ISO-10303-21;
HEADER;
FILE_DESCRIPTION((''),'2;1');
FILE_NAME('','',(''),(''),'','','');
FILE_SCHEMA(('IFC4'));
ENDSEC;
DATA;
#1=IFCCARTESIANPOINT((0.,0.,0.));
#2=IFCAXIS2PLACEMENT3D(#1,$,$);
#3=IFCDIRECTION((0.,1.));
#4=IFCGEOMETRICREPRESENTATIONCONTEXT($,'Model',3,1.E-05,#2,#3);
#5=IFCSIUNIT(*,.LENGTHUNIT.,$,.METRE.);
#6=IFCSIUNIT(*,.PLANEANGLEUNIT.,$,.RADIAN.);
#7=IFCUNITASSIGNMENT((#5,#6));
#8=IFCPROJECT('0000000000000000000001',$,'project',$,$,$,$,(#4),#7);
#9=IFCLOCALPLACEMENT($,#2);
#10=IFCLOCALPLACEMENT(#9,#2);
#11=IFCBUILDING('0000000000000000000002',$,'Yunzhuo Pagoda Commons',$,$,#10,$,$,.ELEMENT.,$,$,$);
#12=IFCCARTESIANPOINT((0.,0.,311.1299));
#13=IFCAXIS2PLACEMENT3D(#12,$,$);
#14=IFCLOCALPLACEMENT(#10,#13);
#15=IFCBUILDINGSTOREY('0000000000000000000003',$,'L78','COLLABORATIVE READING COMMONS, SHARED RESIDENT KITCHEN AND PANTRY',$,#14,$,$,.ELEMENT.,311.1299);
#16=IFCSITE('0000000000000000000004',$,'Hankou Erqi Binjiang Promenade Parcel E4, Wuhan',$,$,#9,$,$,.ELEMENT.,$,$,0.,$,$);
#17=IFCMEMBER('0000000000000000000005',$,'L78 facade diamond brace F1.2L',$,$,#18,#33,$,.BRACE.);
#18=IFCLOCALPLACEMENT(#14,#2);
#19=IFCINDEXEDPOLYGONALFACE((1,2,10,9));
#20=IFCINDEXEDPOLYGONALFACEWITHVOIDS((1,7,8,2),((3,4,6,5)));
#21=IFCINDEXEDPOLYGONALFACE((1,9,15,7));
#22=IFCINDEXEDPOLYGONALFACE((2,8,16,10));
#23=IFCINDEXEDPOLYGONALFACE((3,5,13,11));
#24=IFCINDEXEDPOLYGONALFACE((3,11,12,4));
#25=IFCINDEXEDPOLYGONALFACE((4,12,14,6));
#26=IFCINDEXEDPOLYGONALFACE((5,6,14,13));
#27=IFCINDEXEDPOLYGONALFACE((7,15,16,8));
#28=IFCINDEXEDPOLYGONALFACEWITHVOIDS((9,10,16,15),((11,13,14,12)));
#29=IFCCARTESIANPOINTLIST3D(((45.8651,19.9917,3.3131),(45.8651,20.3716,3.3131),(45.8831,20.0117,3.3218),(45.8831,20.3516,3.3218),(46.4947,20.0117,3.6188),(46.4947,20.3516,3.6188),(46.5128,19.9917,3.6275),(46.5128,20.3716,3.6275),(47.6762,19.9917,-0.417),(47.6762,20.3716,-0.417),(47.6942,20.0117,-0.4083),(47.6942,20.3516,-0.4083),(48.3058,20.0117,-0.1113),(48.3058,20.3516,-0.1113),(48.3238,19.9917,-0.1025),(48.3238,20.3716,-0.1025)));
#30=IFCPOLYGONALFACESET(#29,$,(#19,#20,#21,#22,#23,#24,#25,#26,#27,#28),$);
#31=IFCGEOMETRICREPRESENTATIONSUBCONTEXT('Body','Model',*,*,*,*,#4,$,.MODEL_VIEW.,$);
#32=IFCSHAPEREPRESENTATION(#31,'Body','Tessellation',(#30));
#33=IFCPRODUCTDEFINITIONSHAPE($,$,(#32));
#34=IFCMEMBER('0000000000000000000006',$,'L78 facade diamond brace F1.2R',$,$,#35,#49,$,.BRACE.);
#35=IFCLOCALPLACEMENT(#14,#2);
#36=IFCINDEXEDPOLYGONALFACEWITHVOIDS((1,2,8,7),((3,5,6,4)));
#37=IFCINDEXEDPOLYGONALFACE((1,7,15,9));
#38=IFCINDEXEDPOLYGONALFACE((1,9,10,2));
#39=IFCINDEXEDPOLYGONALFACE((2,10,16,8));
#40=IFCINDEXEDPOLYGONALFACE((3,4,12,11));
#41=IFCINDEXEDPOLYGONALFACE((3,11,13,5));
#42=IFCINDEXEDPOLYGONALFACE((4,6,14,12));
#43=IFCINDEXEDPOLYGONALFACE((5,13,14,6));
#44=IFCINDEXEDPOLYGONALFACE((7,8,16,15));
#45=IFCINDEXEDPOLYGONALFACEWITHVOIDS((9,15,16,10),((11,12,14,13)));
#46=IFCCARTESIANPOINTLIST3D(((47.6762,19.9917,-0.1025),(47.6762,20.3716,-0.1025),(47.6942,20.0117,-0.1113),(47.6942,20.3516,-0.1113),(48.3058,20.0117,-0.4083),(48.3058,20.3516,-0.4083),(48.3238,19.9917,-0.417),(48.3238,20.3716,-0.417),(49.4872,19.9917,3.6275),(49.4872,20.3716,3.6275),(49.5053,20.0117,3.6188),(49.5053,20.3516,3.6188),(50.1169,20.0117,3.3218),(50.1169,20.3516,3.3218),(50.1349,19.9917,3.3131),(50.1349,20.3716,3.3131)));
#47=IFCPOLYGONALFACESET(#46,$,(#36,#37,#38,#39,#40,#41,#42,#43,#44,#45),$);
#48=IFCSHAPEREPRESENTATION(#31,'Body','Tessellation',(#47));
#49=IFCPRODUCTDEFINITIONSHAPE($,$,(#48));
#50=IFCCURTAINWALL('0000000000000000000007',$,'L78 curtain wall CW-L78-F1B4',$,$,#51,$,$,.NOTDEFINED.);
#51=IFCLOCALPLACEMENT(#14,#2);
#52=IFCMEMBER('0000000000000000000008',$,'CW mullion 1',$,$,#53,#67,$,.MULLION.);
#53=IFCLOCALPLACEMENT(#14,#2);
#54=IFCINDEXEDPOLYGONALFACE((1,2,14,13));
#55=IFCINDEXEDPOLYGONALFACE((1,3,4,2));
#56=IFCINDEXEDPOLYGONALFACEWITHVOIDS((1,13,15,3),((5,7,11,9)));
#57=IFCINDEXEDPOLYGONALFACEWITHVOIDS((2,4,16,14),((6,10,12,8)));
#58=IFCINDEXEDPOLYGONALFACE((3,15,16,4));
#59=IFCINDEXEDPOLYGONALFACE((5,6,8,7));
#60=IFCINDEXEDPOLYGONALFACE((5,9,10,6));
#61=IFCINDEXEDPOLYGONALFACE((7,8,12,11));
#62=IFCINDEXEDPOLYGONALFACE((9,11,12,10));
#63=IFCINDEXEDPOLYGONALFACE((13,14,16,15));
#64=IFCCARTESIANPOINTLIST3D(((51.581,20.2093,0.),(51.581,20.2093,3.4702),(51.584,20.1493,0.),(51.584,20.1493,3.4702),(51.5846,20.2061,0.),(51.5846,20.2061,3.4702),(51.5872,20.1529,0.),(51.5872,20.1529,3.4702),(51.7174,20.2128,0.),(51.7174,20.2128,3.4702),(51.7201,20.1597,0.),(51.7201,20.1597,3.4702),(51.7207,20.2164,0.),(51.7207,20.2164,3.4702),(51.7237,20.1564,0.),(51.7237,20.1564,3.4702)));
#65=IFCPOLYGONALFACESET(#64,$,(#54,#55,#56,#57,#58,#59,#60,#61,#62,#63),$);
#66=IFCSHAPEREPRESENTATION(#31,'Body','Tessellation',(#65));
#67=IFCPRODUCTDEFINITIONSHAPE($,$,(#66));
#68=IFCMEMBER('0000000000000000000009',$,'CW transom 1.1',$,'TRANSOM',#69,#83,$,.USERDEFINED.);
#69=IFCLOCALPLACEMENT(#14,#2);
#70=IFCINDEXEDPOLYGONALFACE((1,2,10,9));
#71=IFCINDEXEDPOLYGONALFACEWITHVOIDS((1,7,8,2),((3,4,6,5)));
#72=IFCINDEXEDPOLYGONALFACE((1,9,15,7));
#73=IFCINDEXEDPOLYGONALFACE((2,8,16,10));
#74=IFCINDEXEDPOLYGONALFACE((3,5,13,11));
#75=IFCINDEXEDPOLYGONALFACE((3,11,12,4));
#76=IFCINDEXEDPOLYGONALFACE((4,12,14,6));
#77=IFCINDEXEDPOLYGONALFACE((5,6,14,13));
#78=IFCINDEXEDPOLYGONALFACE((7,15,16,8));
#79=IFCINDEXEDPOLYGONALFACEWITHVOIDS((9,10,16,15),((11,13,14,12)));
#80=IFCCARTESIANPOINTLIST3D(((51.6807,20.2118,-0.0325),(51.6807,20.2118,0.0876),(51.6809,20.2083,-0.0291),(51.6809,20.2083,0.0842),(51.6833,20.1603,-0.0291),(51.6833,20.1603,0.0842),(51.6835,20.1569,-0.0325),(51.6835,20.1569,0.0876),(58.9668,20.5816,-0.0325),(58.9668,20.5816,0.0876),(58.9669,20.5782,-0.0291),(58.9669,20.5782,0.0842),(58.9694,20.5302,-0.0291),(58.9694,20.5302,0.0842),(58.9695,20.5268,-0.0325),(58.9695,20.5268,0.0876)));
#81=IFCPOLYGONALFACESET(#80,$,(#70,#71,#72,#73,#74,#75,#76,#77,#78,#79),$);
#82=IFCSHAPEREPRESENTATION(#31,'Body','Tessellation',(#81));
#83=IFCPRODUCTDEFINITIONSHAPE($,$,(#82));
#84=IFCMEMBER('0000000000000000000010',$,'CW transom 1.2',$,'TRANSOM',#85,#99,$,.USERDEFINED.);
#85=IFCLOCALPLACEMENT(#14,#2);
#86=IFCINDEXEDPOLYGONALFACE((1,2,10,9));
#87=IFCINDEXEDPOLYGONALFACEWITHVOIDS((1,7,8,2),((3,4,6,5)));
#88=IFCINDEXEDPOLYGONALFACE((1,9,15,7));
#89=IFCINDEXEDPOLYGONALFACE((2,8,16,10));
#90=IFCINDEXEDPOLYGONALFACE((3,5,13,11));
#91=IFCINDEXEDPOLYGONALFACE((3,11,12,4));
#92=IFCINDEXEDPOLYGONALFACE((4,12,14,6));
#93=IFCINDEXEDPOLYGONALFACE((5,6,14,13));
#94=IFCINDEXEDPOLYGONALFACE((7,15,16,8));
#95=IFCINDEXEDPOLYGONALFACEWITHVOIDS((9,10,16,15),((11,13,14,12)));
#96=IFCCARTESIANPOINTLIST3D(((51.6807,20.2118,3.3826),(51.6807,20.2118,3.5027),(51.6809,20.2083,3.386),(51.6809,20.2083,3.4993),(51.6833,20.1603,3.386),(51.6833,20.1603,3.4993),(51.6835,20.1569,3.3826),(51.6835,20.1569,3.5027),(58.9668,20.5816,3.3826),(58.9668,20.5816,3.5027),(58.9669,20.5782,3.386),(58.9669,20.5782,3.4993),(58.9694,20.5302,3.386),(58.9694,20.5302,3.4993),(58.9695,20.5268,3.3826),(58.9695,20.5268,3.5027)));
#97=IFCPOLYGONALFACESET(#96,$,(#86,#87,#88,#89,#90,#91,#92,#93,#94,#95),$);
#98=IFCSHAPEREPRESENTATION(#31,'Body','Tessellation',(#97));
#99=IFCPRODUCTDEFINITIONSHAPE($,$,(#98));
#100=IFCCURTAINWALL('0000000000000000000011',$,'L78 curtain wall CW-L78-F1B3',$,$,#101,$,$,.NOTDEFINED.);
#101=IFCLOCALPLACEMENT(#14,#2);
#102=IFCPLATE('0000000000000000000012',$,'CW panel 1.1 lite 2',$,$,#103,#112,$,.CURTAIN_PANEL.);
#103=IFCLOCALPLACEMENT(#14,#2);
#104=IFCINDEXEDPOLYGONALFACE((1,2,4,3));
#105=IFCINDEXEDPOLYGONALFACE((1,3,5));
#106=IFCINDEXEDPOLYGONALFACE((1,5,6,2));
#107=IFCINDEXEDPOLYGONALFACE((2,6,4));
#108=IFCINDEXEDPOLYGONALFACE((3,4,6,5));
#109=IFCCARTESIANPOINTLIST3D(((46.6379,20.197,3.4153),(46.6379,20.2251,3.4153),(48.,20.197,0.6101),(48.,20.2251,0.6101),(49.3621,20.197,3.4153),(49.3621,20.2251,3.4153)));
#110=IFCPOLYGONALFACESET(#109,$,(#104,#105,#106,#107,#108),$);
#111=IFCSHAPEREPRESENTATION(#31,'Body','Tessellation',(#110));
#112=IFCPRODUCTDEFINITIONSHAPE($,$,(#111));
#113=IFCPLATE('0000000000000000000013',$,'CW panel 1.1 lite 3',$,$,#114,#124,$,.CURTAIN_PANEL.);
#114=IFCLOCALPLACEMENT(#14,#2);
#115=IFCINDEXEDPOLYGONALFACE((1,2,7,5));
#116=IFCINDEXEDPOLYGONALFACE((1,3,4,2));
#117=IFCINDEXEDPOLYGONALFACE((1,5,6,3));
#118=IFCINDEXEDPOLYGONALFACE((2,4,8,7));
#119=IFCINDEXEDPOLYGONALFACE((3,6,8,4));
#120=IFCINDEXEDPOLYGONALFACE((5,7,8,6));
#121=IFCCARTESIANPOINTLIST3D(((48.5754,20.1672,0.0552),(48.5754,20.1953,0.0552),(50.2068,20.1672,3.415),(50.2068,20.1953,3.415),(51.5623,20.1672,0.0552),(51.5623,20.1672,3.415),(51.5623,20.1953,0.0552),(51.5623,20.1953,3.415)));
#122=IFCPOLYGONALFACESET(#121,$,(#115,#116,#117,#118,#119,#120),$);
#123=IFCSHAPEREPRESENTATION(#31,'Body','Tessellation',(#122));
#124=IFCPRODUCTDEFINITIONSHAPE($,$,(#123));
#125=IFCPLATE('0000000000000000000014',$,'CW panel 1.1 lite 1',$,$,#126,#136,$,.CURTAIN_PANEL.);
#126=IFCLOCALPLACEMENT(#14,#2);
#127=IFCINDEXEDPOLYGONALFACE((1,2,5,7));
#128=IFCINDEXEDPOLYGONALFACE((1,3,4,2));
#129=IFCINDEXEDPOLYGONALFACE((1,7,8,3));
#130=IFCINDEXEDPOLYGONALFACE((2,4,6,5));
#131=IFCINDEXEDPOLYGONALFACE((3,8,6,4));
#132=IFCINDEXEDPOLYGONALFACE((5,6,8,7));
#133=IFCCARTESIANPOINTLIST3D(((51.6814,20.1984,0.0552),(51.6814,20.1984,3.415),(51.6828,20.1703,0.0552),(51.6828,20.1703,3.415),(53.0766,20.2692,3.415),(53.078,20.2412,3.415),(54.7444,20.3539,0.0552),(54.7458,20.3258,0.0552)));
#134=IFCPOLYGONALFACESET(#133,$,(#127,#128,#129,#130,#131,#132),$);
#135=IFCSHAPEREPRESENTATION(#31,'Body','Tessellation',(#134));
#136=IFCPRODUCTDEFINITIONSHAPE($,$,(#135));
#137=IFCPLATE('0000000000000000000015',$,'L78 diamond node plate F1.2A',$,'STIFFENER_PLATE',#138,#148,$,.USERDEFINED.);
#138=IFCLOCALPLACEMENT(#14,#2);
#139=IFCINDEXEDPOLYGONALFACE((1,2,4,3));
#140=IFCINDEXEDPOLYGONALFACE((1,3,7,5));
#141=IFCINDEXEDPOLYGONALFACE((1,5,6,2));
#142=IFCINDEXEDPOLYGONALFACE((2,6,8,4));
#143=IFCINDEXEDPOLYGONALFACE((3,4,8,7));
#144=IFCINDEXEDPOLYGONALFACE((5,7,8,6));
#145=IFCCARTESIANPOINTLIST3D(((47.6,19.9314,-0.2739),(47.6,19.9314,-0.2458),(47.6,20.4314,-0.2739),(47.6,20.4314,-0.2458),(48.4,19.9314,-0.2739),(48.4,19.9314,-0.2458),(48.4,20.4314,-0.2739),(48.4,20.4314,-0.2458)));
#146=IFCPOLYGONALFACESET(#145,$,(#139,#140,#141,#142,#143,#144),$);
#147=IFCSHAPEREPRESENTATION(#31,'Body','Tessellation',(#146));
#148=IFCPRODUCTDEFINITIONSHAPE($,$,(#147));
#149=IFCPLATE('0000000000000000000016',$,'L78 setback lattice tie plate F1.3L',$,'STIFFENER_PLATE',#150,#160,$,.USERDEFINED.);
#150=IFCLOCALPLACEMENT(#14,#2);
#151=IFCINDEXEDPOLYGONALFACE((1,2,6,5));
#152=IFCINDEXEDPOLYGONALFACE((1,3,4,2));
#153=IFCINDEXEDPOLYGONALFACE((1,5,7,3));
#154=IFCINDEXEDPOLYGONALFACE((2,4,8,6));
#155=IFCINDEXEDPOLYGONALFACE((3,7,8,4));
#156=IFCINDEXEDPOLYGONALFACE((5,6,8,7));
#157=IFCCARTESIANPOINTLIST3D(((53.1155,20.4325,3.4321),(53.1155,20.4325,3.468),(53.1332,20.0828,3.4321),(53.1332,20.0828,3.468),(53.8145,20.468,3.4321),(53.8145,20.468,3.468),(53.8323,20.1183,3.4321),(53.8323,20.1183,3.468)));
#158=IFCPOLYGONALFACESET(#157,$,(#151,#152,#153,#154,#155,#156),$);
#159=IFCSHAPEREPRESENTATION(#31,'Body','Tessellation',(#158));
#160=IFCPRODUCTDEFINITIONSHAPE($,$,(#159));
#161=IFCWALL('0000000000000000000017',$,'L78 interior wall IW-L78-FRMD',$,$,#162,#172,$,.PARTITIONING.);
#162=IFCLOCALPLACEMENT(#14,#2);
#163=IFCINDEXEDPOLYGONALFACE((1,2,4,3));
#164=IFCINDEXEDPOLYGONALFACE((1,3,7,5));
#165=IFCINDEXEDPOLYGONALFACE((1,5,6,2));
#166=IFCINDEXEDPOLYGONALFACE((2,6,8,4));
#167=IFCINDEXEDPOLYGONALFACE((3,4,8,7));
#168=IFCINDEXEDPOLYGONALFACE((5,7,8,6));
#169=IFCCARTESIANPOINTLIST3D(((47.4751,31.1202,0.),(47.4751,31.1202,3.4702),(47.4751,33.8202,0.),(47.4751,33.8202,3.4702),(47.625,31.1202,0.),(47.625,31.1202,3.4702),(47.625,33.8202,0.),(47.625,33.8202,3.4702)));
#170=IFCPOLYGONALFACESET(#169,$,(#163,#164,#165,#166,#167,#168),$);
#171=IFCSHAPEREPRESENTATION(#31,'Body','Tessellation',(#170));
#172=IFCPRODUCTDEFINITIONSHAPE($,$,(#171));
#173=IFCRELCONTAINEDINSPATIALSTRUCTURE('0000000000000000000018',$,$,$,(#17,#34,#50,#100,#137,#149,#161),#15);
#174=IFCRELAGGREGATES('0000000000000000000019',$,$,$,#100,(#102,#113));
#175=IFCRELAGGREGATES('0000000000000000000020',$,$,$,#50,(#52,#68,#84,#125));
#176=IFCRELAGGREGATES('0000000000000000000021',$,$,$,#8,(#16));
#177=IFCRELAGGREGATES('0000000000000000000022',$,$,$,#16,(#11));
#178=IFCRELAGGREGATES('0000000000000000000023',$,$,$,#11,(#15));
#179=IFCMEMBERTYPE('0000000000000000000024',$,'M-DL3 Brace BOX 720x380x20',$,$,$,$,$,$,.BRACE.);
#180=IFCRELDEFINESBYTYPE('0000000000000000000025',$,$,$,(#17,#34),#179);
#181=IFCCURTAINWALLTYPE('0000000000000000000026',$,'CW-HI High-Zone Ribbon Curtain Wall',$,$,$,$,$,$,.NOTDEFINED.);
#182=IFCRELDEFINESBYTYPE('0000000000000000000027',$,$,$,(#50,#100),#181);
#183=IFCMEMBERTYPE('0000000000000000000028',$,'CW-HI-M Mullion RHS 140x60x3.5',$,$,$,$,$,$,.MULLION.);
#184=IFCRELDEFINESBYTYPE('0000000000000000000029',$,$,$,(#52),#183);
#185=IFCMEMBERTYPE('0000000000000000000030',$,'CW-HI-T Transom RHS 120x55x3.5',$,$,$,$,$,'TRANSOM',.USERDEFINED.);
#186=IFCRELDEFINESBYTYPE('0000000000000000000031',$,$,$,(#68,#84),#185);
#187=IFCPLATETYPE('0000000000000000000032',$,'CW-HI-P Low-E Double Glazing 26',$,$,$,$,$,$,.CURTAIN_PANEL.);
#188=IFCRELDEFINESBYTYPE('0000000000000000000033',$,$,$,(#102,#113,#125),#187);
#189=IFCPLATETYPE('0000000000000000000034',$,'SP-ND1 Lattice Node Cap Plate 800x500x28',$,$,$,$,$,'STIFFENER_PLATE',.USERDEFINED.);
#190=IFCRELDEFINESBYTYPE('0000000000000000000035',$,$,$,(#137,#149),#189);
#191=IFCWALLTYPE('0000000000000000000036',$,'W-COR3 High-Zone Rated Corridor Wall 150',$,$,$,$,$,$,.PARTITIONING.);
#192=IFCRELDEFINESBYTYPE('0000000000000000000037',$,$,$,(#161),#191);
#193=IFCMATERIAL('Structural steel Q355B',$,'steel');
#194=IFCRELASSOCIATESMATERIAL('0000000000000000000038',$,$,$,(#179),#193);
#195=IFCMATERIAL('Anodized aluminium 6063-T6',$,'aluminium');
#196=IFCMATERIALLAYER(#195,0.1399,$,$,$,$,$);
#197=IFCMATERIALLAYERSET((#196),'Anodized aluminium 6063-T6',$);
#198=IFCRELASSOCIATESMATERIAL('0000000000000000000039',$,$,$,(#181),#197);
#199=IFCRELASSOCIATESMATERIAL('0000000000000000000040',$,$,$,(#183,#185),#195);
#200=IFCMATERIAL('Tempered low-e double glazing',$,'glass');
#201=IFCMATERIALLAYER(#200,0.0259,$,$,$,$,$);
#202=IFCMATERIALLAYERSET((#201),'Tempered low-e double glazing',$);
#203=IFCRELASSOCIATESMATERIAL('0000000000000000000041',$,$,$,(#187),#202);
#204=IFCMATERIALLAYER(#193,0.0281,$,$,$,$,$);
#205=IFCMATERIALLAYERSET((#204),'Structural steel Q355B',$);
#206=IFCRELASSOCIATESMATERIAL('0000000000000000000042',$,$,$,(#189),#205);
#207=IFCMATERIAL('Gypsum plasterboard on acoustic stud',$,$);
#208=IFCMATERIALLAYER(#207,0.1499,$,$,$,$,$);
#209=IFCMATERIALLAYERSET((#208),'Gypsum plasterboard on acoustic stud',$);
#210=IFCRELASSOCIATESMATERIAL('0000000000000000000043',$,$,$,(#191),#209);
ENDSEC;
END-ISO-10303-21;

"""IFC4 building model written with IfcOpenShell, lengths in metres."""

from ifc_helpers import new_model, si_unit, direction, frame, frame_2d, origin, origin_2d, place, context, subcontext, project, spatial, polyline, rectangle, hollow_rectangle, outline, extrude, source, transform, mapped, material, layer, layer_set, material_profile, profile_set, type_object, element, aggregate, save


model = new_model("IFC4")

# Units and contexts
model_context = context("Model", 3, precision=1e-05, world=origin(), true_north=direction((0.0, 1.0)))
body_context = subcontext(model_context, "Body", "Model", "MODEL_VIEW")
ifc_project = project(units=[si_unit("LENGTHUNIT", "METRE"), si_unit("PLANEANGLEUNIT", "RADIAN")], contexts=[model_context])

# Site, building, storey
site_placement = place(None, origin())
site = spatial("IfcSite", under=ifc_project, at=site_placement, Name="Hankou Erqi Binjiang Promenade Parcel E4, Wuhan", CompositionType="ELEMENT", RefElevation=0.0)
building_placement = place(site_placement, origin())
building = spatial("IfcBuilding", under=site, at=building_placement, Name="Yunzhuo Pagoda Commons", CompositionType="ELEMENT")
storey_placement = place(building_placement, frame((0.0, 0.0, 311.1299)))
storey = spatial("IfcBuildingStorey", under=building, at=storey_placement, Name="L78", Description="COLLABORATIVE READING COMMONS, SHARED RESIDENT KITCHEN AND PANTRY", CompositionType="ELEMENT", Elevation=311.1299)

# Shared definitions
ifc_material_1 = material(Name="Structural steel Q355B", Category="steel")

# Members
ifc_material_profile_1 = material_profile(ifc_material_1, hollow_rectangle(XDim=0.3799, YDim=0.72, WallThickness=0.02, at=origin_2d()), Name="Structural steel Q355B")
ifc_profile_set_1 = profile_set([ifc_material_profile_1], Name="Structural steel Q355B")
member_type_1 = type_object("IfcMemberType", Name="M-DL3 Brace BOX 720x380x20", PredefinedType="BRACE", material=ifc_profile_set_1)
shared_shape_1 = source(origin(), body_context, "Body", "SweptSolid", [
    extrude(hollow_rectangle(XDim=0.3799, YDim=0.72, WallThickness=0.02, at=origin_2d()), origin(), (0.0, 0.0, 1.0), 4.1465),
])
for number, where, z_axis, x_axis, name in (
    (1, (48.0, 20.1816, -0.2598), (-0.436773, 0.0, 0.899572), (0.0, -1.0, 0.0), "L78 facade diamond brace F1.2L"),
    (2, (48.0, 20.1816, -0.2598), (0.436773, 0.0, 0.899572), (0.0, 1.0, 0.0), "L78 facade diamond brace F1.2R"),
):
    element("IfcMember", number, at=place(storey_placement, frame(where, z_axis=z_axis, x_axis=x_axis)), inside=storey, type_object=member_type_1, Name=name, PredefinedType="BRACE", context=body_context, shape_type="MappedRepresentation", body=[
        mapped(shared_shape_1, transform((0.0, 0.0, 0.0), scale=1.0)),
    ])

# Curtain wall, members
ifc_material_2 = material(Name="Anodized aluminium 6063-T6", Category="aluminium")
ifc_layer_1 = layer(ifc_material_2, 0.1399)
ifc_layer_set_1 = layer_set([ifc_layer_1], Name="Anodized aluminium 6063-T6")
curtain_wall_type = type_object("IfcCurtainWallType", Name="CW-HI High-Zone Ribbon Curtain Wall", PredefinedType="NOTDEFINED", material=ifc_layer_set_1)
curtain_wall_1_placement = place(storey_placement, origin())
curtain_wall_1 = element("IfcCurtainWall", 3, at=curtain_wall_1_placement, inside=storey, type_object=curtain_wall_type, Name="L78 curtain wall CW-L78-F1B4", PredefinedType="NOTDEFINED")
ifc_material_profile_2 = material_profile(ifc_material_2, hollow_rectangle(XDim=0.0601, YDim=0.1399, WallThickness=0.0034, at=origin_2d()), Name="Anodized aluminium 6063-T6")
ifc_profile_set_2 = profile_set([ifc_material_profile_2], Name="Anodized aluminium 6063-T6")
member_type_2 = type_object("IfcMemberType", Name="CW-HI-M Mullion RHS 140x60x3.5", PredefinedType="MULLION", material=ifc_profile_set_2)
shared_shape_2 = source(origin(), body_context, "Body", "SweptSolid", [
    extrude(hollow_rectangle(XDim=0.0601, YDim=0.1399, WallThickness=0.0034, at=origin_2d()), origin(), (0.0, 0.0, 1.0), 3.4702),
])
member_1_placement = place(storey_placement, frame((51.6523, 20.1829, 0.0), z_axis=(0.0, 0.0, 1.0), x_axis=(-0.050692, 0.998714, 0.0)))
member_1 = element("IfcMember", 4, at=member_1_placement, type_object=member_type_2, Name="CW mullion 1", PredefinedType="MULLION", context=body_context, shape_type="MappedRepresentation", body=[
    mapped(shared_shape_2, transform((0.0, 0.0, 0.0), scale=1.0)),
])
ifc_material_profile_3 = material_profile(ifc_material_2, hollow_rectangle(XDim=0.0549, YDim=0.1201, WallThickness=0.0034, at=origin_2d()), Name="Anodized aluminium 6063-T6")
ifc_profile_set_3 = profile_set([ifc_material_profile_3], Name="Anodized aluminium 6063-T6")
member_type_3 = type_object("IfcMemberType", Name="CW-HI-T Transom RHS 120x55x3.5", ElementType="TRANSOM", PredefinedType="USERDEFINED", material=ifc_profile_set_3)
shared_shape_3 = source(origin(), body_context, "Body", "SweptSolid", [
    extrude(hollow_rectangle(XDim=0.0549, YDim=0.1201, WallThickness=0.0034, at=origin_2d()), origin(), (0.0, 0.0, 1.0), 7.2954),
])
member_2_placement = place(storey_placement, frame((51.6821, 20.1843, 0.0276), z_axis=(0.998714, 0.050699, 0.0), x_axis=(-0.050699, 0.998714, 0.0)))
member_2 = element("IfcMember", 5, at=member_2_placement, type_object=member_type_3, Name="CW transom 1.1", ObjectType="TRANSOM", PredefinedType="USERDEFINED", context=body_context, shape_type="MappedRepresentation", body=[
    mapped(shared_shape_3, transform((0.0, 0.0, 0.0), scale=1.0)),
])
member_3_placement = place(storey_placement, frame((51.6821, 20.1843, 3.4426), z_axis=(0.998714, 0.050699, 0.0), x_axis=(-0.050699, 0.998714, 0.0)))
member_3 = element("IfcMember", 6, at=member_3_placement, type_object=member_type_3, Name="CW transom 1.2", ObjectType="TRANSOM", PredefinedType="USERDEFINED", context=body_context, shape_type="MappedRepresentation", body=[
    mapped(shared_shape_3, transform((0.0, 0.0, 0.0), scale=1.0)),
])

# Curtain wall, plates
curtain_wall_2_placement = place(storey_placement, origin())
curtain_wall_2 = element("IfcCurtainWall", 7, at=curtain_wall_2_placement, inside=storey, type_object=curtain_wall_type, Name="L78 curtain wall CW-L78-F1B3", PredefinedType="NOTDEFINED")
ifc_material_3 = material(Name="Tempered low-e double glazing", Category="glass")
ifc_layer_2 = layer(ifc_material_3, 0.0259)
ifc_layer_set_2 = layer_set([ifc_layer_2], Name="Tempered low-e double glazing")
plate_type_1 = type_object("IfcPlateType", Name="CW-HI-P Low-E Double Glazing 26", PredefinedType="CURTAIN_PANEL", material=ifc_layer_set_2)
plate_1_placement = place(storey_placement, frame((48.0, 20.2251, 2.0127), z_axis=(0.0, -1.0, 0.0), x_axis=(1.0, 0.0, 0.0)))
plate_1 = element("IfcPlate", 8, at=plate_1_placement, type_object=plate_type_1, Name="CW panel 1.1 lite 2", PredefinedType="CURTAIN_PANEL", context=body_context, shape_type="SweptSolid", body=[
    extrude(outline(polyline([(-1.3621, 1.4026), (0.0, -1.4026), (1.3621, 1.4026), (-1.3621, 1.4026)])), origin(), (0.0, 0.0, 1.0), 0.0281),
])
plate_2_placement = place(storey_placement, frame((50.0688, 20.1953, 1.7351), z_axis=(0.0, -1.0, 0.0), x_axis=(1.0, 0.0, 0.0)))
plate_2 = element("IfcPlate", 9, at=plate_2_placement, type_object=plate_type_1, Name="CW panel 1.1 lite 3", PredefinedType="CURTAIN_PANEL", context=body_context, shape_type="SweptSolid", body=[
    extrude(outline(polyline([(-1.4934, -1.6799), (1.4934, -1.6799), (1.4934, 1.6799), (0.1379, 1.6799), (-1.4934, -1.6799)])), origin(), (0.0, 0.0, 1.0), 0.0281),
])
aggregate(curtain_wall_2, [plate_1, plate_2])

# Plate
plate_3_placement = place(storey_placement, frame((53.2129, 20.2761, 1.7351), z_axis=(0.050692, -0.998714, 0.0), x_axis=(0.998714, 0.050692, 0.0)))
plate_3 = element("IfcPlate", 10, at=plate_3_placement, type_object=plate_type_1, Name="CW panel 1.1 lite 1", PredefinedType="CURTAIN_PANEL", context=body_context, shape_type="SweptSolid", body=[
    extrude(outline(polyline([(-1.5334, -1.6799), (1.5334, -1.6799), (-0.1365, 1.6799), (-1.5334, 1.6799), (-1.5334, -1.6799)])), origin(), (0.0, 0.0, 1.0), 0.0281),
])
aggregate(curtain_wall_1, [member_1, member_2, member_3, plate_3])

# Plates
ifc_layer_3 = layer(ifc_material_1, 0.0281)
ifc_layer_set_3 = layer_set([ifc_layer_3], Name="Structural steel Q355B")
plate_type_2 = type_object("IfcPlateType", Name="SP-ND1 Lattice Node Cap Plate 800x500x28", ElementType="STIFFENER_PLATE", PredefinedType="USERDEFINED", material=ifc_layer_set_3)
shared_shape_4 = source(origin(), body_context, "Body", "SweptSolid", [
    extrude(rectangle(XDim=0.8, YDim=0.5, at=origin_2d()), origin(), (0.0, 0.0, 1.0), 0.0281),
])
plate_4_placement = place(storey_placement, frame((48.0, 20.1814, -0.2739), z_axis=(0.0, 0.0, 1.0), x_axis=(1.0, 0.0, 0.0)))
element("IfcPlate", 11, at=plate_4_placement, inside=storey, type_object=plate_type_2, Name="L78 diamond node plate F1.2A", ObjectType="STIFFENER_PLATE", PredefinedType="USERDEFINED", context=body_context, shape_type="MappedRepresentation", body=[
    mapped(shared_shape_4, transform((0.0, 0.0, 0.0), scale=1.0)),
])
shared_shape_5 = source(origin(), body_context, "Body", "SweptSolid", [
    extrude(rectangle(XDim=0.7, YDim=0.3501, at=origin_2d()), origin(), (0.0, 0.0, 1.0), 0.0359),
])
plate_5_placement = place(storey_placement, frame((53.4739, 20.2754, 3.4321), z_axis=(0.0, 0.0, 1.0), x_axis=(0.998714, 0.050698, 0.0)))
element("IfcPlate", 12, at=plate_5_placement, inside=storey, type_object=plate_type_2, Name="L78 setback lattice tie plate F1.3L", ObjectType="STIFFENER_PLATE", PredefinedType="USERDEFINED", context=body_context, shape_type="MappedRepresentation", body=[
    mapped(shared_shape_5, transform((0.0, 0.0, 0.0), scale=1.0)),
])

# Wall
ifc_material_4 = material(Name="Gypsum plasterboard on acoustic stud")
ifc_layer_4 = layer(ifc_material_4, 0.1499)
ifc_layer_set_4 = layer_set([ifc_layer_4], Name="Gypsum plasterboard on acoustic stud")
wall_type_1 = type_object("IfcWallType", Name="W-COR3 High-Zone Rated Corridor Wall 150", PredefinedType="PARTITIONING", material=ifc_layer_set_4)
wall_1_placement = place(storey_placement, frame((47.55, 31.1201, 0.0), z_axis=(0.0, 0.0, 1.0), x_axis=(0.0, 1.0, 0.0)))
element("IfcWall", 13, at=wall_1_placement, inside=storey, type_object=wall_type_1, Name="L78 interior wall IW-L78-FRMD", PredefinedType="PARTITIONING", context=body_context, shape_type="SweptSolid", body=[
    extrude(rectangle(XDim=2.7, YDim=0.1499, at=frame_2d((1.3501, 0.0))), origin(), (0.0, 0.0, 1.0), 3.4702),
])

save(model, "model.ifc")
